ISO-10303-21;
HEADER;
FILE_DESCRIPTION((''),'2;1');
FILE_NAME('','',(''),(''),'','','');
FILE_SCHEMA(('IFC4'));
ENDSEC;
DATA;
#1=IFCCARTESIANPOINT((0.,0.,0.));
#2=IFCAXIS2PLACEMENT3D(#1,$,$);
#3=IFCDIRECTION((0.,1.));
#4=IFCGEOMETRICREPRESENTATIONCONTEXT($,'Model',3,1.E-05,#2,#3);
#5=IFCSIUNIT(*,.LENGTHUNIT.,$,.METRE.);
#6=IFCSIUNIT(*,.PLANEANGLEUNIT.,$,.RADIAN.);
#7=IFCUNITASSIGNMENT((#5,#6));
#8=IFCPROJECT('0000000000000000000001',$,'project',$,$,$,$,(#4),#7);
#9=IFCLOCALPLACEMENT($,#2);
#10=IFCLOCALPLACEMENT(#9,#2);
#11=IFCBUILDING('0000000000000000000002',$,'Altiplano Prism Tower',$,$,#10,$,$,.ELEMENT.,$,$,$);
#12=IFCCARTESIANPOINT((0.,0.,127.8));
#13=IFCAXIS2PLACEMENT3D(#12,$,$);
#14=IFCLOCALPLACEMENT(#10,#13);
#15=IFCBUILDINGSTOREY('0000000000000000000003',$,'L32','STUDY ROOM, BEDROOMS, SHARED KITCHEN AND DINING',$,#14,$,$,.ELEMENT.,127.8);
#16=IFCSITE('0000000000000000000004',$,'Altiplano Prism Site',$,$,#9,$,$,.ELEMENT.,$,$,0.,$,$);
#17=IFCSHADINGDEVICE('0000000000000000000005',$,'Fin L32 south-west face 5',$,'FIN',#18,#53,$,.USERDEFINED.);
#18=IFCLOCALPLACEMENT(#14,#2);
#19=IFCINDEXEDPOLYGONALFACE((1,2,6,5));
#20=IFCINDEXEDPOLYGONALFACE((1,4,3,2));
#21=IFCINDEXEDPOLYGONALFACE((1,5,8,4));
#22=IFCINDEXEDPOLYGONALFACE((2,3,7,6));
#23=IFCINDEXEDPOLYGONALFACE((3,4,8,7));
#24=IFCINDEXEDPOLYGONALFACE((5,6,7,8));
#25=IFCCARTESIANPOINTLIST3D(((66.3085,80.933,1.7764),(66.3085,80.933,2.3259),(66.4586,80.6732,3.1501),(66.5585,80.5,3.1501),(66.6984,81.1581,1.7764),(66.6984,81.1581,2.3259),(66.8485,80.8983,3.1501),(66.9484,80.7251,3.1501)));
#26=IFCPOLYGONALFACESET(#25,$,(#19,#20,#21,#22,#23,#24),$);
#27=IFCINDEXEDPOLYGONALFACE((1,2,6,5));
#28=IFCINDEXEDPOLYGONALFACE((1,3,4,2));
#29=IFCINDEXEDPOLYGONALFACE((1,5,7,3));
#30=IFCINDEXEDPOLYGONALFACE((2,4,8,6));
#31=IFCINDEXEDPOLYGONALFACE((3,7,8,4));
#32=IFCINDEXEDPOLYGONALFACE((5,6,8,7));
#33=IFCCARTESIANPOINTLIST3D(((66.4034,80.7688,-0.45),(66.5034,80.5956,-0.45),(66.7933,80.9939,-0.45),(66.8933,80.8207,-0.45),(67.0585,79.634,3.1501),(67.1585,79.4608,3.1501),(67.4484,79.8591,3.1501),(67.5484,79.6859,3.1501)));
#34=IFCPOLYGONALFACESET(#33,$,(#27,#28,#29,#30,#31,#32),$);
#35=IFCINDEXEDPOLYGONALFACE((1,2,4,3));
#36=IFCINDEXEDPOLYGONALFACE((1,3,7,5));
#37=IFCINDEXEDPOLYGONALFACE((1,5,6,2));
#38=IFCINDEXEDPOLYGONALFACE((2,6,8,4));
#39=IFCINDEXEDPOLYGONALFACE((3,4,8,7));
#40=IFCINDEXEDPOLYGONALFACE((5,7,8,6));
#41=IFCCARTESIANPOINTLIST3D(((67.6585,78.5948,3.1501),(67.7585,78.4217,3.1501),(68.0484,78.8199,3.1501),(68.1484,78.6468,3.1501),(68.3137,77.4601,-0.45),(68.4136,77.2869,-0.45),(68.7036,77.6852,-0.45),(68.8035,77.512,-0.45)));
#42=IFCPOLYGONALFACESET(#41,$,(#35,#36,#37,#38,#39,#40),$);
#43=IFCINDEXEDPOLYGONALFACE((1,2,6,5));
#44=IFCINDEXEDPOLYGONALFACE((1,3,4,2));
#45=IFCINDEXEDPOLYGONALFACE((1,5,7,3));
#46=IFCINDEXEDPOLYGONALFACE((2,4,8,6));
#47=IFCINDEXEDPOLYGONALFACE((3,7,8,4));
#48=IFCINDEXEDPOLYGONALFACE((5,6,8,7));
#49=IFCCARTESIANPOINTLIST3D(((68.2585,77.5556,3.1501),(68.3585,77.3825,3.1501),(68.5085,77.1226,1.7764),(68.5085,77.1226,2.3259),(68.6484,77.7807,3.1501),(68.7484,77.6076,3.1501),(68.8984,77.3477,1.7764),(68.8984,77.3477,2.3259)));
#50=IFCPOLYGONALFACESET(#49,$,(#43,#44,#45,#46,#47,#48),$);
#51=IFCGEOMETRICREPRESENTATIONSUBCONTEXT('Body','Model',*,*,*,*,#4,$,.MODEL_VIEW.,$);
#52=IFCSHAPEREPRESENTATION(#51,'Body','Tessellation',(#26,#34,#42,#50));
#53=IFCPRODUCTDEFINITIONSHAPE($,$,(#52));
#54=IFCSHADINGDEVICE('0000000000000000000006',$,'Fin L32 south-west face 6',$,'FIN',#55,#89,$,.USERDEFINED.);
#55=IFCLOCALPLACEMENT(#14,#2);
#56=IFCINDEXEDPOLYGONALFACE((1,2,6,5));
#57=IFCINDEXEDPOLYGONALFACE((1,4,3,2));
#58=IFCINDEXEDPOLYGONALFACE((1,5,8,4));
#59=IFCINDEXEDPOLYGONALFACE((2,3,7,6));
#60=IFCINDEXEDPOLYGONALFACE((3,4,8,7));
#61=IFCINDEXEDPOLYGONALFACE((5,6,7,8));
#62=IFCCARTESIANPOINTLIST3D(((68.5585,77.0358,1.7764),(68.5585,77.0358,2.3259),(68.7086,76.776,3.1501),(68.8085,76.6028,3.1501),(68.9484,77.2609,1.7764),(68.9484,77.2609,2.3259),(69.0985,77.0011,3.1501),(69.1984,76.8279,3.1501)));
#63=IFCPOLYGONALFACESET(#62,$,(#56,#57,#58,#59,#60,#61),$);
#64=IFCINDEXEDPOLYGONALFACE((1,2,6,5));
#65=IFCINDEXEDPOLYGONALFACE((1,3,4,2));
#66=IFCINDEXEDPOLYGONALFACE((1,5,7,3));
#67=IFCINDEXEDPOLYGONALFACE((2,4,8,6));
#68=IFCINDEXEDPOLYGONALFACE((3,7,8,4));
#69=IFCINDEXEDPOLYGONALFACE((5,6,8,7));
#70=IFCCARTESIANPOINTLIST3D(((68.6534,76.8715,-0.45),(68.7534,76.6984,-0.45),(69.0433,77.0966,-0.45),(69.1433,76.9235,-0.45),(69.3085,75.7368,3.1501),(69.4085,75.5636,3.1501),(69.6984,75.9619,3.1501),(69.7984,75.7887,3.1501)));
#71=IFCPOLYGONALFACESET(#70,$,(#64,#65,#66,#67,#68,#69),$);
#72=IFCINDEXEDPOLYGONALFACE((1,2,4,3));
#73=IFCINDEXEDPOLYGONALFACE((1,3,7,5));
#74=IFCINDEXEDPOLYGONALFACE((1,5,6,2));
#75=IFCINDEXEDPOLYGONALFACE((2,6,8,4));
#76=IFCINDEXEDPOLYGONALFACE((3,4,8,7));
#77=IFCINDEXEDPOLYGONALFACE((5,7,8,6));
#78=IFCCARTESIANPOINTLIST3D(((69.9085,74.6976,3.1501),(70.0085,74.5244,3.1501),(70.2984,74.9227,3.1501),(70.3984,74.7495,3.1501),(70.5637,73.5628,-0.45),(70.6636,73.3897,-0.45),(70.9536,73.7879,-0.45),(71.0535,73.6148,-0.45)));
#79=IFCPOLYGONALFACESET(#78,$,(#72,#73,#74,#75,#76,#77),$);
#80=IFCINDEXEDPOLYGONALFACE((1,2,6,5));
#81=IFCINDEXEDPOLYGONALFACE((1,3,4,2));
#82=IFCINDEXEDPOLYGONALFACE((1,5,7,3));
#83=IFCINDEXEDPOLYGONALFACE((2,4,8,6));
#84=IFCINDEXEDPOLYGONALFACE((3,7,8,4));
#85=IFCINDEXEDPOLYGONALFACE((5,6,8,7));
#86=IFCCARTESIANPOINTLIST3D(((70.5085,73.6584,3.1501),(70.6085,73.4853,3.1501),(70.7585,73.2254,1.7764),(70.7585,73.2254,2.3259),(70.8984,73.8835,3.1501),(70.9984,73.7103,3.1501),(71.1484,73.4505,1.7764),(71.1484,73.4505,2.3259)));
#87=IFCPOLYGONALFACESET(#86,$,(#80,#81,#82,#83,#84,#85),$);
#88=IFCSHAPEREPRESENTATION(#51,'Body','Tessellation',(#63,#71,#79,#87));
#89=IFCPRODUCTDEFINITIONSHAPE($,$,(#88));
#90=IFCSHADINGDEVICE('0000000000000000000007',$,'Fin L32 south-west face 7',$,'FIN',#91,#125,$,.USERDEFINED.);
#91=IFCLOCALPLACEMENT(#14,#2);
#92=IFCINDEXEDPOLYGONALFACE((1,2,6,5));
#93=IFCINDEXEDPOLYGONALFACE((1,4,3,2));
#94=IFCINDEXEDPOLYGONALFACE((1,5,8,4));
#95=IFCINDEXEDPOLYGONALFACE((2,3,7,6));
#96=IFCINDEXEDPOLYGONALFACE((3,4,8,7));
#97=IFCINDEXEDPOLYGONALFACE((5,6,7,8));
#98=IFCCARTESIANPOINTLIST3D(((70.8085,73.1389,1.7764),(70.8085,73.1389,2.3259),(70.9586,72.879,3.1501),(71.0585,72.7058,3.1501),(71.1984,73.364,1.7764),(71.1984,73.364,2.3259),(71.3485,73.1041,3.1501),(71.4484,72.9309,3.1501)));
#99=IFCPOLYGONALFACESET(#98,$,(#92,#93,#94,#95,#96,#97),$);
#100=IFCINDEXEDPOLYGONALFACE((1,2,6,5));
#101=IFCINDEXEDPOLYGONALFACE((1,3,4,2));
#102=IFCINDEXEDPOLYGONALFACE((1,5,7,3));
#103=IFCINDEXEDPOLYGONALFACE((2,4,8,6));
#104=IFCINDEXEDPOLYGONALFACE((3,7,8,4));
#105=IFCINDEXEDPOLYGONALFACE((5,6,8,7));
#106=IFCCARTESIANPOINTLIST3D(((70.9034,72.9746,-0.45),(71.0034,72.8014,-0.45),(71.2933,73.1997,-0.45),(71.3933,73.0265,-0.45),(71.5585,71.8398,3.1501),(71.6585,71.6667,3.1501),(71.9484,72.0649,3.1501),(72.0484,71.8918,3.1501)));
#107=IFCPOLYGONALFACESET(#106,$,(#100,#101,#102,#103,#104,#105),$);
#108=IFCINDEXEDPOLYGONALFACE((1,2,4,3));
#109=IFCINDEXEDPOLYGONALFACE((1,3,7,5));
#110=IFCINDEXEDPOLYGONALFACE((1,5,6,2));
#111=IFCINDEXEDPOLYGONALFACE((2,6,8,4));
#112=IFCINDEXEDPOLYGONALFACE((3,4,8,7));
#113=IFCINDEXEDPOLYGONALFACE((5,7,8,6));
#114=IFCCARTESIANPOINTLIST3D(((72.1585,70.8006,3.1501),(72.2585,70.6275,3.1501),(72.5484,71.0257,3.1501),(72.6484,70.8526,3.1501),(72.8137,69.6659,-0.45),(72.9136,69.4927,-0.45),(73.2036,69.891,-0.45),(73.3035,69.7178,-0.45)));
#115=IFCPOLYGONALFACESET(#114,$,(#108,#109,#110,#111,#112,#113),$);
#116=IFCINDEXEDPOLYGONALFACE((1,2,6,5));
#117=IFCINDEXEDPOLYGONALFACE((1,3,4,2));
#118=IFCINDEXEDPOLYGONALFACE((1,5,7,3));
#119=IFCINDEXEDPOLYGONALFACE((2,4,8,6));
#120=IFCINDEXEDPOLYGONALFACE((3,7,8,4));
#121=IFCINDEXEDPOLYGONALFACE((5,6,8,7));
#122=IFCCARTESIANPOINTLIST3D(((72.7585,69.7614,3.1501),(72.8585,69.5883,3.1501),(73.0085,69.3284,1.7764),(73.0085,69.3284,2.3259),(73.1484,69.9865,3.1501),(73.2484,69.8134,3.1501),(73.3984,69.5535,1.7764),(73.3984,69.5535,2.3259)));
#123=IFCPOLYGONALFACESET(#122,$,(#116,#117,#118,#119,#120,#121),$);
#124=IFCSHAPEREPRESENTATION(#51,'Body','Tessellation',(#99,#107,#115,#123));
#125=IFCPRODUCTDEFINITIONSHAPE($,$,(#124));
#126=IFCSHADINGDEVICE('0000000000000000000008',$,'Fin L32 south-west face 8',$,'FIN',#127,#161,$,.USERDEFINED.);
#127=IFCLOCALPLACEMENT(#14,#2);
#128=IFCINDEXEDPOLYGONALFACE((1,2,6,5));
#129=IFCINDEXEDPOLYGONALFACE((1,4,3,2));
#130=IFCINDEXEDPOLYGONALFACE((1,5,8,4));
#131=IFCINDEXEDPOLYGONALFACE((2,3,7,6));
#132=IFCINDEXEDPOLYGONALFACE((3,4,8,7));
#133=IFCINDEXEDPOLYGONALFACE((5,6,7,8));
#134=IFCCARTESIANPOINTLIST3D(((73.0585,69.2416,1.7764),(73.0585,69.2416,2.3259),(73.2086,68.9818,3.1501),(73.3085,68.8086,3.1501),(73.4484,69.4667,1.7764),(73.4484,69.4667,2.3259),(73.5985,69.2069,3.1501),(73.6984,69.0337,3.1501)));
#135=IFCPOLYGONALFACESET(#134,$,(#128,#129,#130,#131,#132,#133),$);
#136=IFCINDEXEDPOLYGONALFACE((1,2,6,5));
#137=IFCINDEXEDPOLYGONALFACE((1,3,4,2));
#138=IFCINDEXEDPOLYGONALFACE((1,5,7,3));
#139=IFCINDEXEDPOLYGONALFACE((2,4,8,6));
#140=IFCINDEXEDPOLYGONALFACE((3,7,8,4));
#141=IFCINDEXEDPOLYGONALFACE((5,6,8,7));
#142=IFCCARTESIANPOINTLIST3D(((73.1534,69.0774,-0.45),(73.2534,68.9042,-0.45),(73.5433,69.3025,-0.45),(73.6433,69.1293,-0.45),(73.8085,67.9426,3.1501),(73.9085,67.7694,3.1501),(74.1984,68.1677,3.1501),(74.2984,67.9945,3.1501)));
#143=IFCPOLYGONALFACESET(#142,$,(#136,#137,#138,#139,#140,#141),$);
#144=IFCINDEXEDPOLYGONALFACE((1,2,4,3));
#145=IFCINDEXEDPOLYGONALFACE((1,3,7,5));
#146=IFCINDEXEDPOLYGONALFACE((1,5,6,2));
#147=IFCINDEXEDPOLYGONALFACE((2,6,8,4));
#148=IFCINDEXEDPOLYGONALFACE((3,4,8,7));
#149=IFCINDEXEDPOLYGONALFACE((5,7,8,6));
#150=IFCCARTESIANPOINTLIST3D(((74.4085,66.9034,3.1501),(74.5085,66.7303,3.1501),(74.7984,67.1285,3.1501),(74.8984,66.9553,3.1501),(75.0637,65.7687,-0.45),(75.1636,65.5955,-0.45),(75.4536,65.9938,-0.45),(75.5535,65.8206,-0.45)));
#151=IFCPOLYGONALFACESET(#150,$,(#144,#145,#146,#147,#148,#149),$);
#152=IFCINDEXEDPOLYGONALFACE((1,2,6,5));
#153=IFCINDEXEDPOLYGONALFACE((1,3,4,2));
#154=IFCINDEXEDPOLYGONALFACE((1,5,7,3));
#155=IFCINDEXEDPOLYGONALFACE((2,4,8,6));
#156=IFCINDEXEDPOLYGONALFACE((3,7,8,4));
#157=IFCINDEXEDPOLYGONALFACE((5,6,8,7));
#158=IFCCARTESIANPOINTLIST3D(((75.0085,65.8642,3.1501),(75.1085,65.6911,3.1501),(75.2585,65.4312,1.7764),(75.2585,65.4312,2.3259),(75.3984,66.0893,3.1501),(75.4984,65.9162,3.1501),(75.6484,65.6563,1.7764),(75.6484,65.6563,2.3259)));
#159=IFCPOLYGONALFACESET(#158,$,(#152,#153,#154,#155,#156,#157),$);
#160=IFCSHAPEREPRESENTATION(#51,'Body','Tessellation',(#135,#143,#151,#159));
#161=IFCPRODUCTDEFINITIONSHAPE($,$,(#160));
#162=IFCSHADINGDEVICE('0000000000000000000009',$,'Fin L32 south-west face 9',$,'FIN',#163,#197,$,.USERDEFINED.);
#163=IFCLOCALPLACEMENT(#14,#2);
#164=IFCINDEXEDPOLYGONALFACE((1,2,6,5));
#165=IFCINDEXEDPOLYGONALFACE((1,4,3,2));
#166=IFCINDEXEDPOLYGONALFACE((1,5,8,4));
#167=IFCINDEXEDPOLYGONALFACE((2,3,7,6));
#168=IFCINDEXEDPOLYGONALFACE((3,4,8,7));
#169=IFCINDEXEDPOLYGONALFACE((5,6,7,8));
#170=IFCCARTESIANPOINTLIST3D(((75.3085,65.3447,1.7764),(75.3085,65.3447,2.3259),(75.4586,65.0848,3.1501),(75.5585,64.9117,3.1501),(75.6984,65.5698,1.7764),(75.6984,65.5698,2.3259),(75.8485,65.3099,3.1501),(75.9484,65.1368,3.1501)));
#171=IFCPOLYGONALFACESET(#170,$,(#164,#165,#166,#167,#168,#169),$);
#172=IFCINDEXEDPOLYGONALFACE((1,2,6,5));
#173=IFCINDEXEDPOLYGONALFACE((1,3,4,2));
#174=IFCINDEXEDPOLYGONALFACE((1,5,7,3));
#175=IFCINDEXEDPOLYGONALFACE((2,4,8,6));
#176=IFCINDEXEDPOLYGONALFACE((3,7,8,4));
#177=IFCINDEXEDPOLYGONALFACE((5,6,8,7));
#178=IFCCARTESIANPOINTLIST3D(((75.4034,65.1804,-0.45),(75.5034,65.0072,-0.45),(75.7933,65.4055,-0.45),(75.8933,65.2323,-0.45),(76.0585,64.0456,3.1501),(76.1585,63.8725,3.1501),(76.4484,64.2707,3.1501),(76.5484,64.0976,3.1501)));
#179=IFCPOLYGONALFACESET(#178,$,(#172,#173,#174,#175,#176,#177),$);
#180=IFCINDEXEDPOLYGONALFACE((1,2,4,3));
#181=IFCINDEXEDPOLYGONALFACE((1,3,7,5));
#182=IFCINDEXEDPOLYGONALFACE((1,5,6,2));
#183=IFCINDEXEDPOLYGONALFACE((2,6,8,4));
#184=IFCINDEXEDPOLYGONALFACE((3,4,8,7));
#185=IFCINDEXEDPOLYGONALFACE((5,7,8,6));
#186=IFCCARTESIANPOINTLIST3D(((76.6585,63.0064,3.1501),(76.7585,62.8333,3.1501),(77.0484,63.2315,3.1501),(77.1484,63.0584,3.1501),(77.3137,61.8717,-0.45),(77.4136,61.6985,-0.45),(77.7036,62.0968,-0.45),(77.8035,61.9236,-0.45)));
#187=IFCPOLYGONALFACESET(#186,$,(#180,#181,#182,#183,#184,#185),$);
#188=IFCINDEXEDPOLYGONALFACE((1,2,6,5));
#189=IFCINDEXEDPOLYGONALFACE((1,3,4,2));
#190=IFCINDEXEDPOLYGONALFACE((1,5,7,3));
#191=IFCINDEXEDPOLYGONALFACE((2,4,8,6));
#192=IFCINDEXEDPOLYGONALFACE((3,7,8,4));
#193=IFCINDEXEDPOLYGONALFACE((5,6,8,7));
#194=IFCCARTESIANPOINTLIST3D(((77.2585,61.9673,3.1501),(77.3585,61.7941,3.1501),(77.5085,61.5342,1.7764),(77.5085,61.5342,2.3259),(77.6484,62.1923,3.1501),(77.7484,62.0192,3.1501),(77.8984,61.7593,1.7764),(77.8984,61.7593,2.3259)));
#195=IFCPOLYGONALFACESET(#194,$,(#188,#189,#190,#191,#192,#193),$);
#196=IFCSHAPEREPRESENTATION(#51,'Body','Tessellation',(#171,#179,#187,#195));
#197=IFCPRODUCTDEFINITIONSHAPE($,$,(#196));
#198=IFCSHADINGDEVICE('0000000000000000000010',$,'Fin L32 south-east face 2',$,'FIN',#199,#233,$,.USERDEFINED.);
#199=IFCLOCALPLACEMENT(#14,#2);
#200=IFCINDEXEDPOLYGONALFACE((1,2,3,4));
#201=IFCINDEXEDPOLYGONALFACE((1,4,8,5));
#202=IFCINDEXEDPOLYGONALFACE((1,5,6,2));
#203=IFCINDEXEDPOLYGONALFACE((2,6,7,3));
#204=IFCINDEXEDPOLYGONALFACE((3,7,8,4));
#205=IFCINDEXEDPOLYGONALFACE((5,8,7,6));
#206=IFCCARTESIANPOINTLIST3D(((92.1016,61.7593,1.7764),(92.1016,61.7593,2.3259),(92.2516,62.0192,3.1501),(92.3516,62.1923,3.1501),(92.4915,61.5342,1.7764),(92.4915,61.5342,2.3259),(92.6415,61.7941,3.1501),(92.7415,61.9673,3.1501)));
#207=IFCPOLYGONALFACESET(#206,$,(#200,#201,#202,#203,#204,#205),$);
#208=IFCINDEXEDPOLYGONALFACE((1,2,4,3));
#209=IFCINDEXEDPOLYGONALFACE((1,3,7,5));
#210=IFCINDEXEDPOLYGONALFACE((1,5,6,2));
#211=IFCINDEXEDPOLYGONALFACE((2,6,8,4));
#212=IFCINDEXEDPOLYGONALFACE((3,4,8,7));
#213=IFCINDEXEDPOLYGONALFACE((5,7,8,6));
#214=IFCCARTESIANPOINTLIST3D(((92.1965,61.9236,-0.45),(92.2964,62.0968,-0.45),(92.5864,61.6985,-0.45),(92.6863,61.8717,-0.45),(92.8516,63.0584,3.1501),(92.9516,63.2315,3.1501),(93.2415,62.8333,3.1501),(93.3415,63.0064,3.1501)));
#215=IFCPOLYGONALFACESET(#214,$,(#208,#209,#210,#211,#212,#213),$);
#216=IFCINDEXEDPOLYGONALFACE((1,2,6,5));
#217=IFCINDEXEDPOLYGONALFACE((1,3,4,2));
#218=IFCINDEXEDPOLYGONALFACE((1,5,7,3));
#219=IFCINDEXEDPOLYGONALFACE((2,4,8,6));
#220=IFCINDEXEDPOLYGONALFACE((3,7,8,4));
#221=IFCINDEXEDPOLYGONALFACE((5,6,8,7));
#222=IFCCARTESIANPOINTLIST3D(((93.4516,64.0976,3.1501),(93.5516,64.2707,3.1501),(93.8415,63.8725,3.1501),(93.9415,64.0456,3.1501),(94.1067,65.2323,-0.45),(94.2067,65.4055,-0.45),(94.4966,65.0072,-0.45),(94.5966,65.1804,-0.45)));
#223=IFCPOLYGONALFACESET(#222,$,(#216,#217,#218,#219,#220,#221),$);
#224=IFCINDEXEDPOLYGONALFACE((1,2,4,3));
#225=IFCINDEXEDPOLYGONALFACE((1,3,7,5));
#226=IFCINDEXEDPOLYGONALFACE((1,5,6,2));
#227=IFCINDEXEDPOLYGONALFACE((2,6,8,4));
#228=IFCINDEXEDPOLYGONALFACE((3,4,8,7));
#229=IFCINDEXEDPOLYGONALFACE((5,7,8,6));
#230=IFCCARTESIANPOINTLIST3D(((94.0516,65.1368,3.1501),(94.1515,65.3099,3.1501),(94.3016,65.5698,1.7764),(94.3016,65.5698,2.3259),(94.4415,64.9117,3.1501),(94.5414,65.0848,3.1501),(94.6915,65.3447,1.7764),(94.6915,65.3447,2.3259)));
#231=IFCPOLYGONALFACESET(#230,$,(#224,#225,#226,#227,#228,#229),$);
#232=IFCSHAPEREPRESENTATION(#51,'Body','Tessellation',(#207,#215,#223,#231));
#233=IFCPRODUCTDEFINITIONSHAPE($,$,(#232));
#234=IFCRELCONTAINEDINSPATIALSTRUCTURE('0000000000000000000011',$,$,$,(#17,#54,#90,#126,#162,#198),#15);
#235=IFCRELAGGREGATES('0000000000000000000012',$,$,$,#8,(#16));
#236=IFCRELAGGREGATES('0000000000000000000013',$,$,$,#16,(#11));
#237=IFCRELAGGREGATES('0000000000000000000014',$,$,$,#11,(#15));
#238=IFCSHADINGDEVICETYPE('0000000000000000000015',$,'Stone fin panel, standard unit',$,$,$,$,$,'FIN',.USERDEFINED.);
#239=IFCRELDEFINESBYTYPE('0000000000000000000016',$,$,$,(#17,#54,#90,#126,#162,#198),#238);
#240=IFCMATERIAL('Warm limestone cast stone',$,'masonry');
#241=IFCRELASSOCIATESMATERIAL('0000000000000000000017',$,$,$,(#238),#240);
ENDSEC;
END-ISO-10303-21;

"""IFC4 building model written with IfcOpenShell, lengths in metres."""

from ifc_helpers import new_model, si_unit, direction, frame, origin, place, context, subcontext, project, spatial, polyline, outline, extrude, source, transform, mapped, material, type_object, element, save


model = new_model("IFC4")

# Units and contexts
model_context = context("Model", 3, precision=1e-05, world=origin(), true_north=direction((0.0, 1.0)))
body_context = subcontext(model_context, "Body", "Model", "MODEL_VIEW")
ifc_project = project(units=[si_unit("LENGTHUNIT", "METRE"), si_unit("PLANEANGLEUNIT", "RADIAN")], contexts=[model_context])

# Site, building, storey
site_placement = place(None, origin())
site = spatial("IfcSite", under=ifc_project, at=site_placement, Name="Altiplano Prism Site", CompositionType="ELEMENT", RefElevation=0.0)
building_placement = place(site_placement, origin())
building = spatial("IfcBuilding", under=site, at=building_placement, Name="Altiplano Prism Tower", CompositionType="ELEMENT")
storey_placement = place(building_placement, frame((0.0, 0.0, 127.8)))
storey = spatial("IfcBuildingStorey", under=building, at=storey_placement, Name="L32", Description="STUDY ROOM, BEDROOMS, SHARED KITCHEN AND DINING", CompositionType="ELEMENT", Elevation=127.8)

# Shading devices
ifc_material_1 = material(Name="Warm limestone cast stone", Category="masonry")
shading_device_type_1 = type_object("IfcShadingDeviceType", Name="Stone fin panel, standard unit", ElementType="FIN", PredefinedType="USERDEFINED", material=ifc_material_1)
shared_shape_1 = source(origin(), body_context, "Body", "SweptSolid", [
    extrude(outline(polyline([(-2.2, 2.2263), (-1.7, 3.6001), (-1.8999, 3.6001), (-2.2, 2.7759), (-2.2, 2.2263)])), frame((0.0, -0.1499, 0.0), z_axis=(0.0, -1.0, 0.0), x_axis=(1.0, 0.0, 0.0)), (0.0, 0.0, 1.0), 0.4502),
    extrude(outline(polyline([(-2.0103, 0.0), (-1.8103, 0.0), (-0.5, 3.6001), (-0.7, 3.6001), (-2.0103, 0.0)])), frame((0.0, -0.1499, 0.0), z_axis=(0.0, -1.0, 0.0), x_axis=(1.0, 0.0, 0.0)), (0.0, 0.0, 1.0), 0.4502),
    extrude(outline(polyline([(1.8103, 0.0), (2.0103, 0.0), (0.7, 3.6001), (0.5, 3.6001), (1.8103, 0.0)])), frame((0.0, -0.1499, 0.0), z_axis=(0.0, -1.0, 0.0), x_axis=(1.0, 0.0, 0.0)), (0.0, 0.0, 1.0), 0.4502),
    extrude(outline(polyline([(2.2, 2.7759), (1.8999, 3.6001), (1.7, 3.6001), (2.2, 2.2263), (2.2, 2.7759)])), frame((0.0, -0.1499, 0.0), z_axis=(0.0, -1.0, 0.0), x_axis=(1.0, 0.0, 0.0)), (0.0, 0.0, 1.0), 0.4502),
])
shading_device_1_placement = place(storey_placement, origin())
element("IfcShadingDevice", 1, at=shading_device_1_placement, inside=storey, type_object=shading_device_type_1, Name="Fin L32 south-west face 5", ObjectType="FIN", PredefinedType="USERDEFINED", context=body_context, shape_type="MappedRepresentation", body=[
    mapped(shared_shape_1, transform((67.9282, 79.3279, -0.45), x_axis=(0.5, -0.866025, 0.0), y_axis=(0.866025, 0.5, 0.0), z_axis=(0.0, 0.0, 1.0))),
])
shading_device_2_placement = place(storey_placement, origin())
element("IfcShadingDevice", 2, at=shading_device_2_placement, inside=storey, type_object=shading_device_type_1, Name="Fin L32 south-west face 6", ObjectType="FIN", PredefinedType="USERDEFINED", context=body_context, shape_type="MappedRepresentation", body=[
    mapped(shared_shape_1, transform((70.1782, 75.4307, -0.45), x_axis=(0.5, -0.866025, 0.0), y_axis=(0.866025, 0.5, 0.0), z_axis=(0.0, 0.0, 1.0))),
])
shading_device_3_placement = place(storey_placement, origin())
element("IfcShadingDevice", 3, at=shading_device_3_placement, inside=storey, type_object=shading_device_type_1, Name="Fin L32 south-west face 7", ObjectType="FIN", PredefinedType="USERDEFINED", context=body_context, shape_type="MappedRepresentation", body=[
    mapped(shared_shape_1, transform((72.4282, 71.5337, -0.45), x_axis=(0.5, -0.866025, 0.0), y_axis=(0.866025, 0.5, 0.0), z_axis=(0.0, 0.0, 1.0))),
])
shading_device_4_placement = place(storey_placement, origin())
element("IfcShadingDevice", 4, at=shading_device_4_placement, inside=storey, type_object=shading_device_type_1, Name="Fin L32 south-west face 8", ObjectType="FIN", PredefinedType="USERDEFINED", context=body_context, shape_type="MappedRepresentation", body=[
    mapped(shared_shape_1, transform((74.6782, 67.6365, -0.45), x_axis=(0.5, -0.866025, 0.0), y_axis=(0.866025, 0.5, 0.0), z_axis=(0.0, 0.0, 1.0))),
])
shading_device_5_placement = place(storey_placement, origin())
element("IfcShadingDevice", 5, at=shading_device_5_placement, inside=storey, type_object=shading_device_type_1, Name="Fin L32 south-west face 9", ObjectType="FIN", PredefinedType="USERDEFINED", context=body_context, shape_type="MappedRepresentation", body=[
    mapped(shared_shape_1, transform((76.9282, 63.7395, -0.45), x_axis=(0.5, -0.866025, 0.0), y_axis=(0.866025, 0.5, 0.0), z_axis=(0.0, 0.0, 1.0))),
])
shading_device_6_placement = place(storey_placement, origin())
element("IfcShadingDevice", 6, at=shading_device_6_placement, inside=storey, type_object=shading_device_type_1, Name="Fin L32 south-east face 2", ObjectType="FIN", PredefinedType="USERDEFINED", context=body_context, shape_type="MappedRepresentation", body=[
    mapped(shared_shape_1, transform((93.0718, 63.7395, -0.45), x_axis=(0.5, 0.866025, 0.0), y_axis=(-0.866025, 0.5, 0.0), z_axis=(0.0, 0.0, 1.0))),
])

save(model, "model.ifc")
